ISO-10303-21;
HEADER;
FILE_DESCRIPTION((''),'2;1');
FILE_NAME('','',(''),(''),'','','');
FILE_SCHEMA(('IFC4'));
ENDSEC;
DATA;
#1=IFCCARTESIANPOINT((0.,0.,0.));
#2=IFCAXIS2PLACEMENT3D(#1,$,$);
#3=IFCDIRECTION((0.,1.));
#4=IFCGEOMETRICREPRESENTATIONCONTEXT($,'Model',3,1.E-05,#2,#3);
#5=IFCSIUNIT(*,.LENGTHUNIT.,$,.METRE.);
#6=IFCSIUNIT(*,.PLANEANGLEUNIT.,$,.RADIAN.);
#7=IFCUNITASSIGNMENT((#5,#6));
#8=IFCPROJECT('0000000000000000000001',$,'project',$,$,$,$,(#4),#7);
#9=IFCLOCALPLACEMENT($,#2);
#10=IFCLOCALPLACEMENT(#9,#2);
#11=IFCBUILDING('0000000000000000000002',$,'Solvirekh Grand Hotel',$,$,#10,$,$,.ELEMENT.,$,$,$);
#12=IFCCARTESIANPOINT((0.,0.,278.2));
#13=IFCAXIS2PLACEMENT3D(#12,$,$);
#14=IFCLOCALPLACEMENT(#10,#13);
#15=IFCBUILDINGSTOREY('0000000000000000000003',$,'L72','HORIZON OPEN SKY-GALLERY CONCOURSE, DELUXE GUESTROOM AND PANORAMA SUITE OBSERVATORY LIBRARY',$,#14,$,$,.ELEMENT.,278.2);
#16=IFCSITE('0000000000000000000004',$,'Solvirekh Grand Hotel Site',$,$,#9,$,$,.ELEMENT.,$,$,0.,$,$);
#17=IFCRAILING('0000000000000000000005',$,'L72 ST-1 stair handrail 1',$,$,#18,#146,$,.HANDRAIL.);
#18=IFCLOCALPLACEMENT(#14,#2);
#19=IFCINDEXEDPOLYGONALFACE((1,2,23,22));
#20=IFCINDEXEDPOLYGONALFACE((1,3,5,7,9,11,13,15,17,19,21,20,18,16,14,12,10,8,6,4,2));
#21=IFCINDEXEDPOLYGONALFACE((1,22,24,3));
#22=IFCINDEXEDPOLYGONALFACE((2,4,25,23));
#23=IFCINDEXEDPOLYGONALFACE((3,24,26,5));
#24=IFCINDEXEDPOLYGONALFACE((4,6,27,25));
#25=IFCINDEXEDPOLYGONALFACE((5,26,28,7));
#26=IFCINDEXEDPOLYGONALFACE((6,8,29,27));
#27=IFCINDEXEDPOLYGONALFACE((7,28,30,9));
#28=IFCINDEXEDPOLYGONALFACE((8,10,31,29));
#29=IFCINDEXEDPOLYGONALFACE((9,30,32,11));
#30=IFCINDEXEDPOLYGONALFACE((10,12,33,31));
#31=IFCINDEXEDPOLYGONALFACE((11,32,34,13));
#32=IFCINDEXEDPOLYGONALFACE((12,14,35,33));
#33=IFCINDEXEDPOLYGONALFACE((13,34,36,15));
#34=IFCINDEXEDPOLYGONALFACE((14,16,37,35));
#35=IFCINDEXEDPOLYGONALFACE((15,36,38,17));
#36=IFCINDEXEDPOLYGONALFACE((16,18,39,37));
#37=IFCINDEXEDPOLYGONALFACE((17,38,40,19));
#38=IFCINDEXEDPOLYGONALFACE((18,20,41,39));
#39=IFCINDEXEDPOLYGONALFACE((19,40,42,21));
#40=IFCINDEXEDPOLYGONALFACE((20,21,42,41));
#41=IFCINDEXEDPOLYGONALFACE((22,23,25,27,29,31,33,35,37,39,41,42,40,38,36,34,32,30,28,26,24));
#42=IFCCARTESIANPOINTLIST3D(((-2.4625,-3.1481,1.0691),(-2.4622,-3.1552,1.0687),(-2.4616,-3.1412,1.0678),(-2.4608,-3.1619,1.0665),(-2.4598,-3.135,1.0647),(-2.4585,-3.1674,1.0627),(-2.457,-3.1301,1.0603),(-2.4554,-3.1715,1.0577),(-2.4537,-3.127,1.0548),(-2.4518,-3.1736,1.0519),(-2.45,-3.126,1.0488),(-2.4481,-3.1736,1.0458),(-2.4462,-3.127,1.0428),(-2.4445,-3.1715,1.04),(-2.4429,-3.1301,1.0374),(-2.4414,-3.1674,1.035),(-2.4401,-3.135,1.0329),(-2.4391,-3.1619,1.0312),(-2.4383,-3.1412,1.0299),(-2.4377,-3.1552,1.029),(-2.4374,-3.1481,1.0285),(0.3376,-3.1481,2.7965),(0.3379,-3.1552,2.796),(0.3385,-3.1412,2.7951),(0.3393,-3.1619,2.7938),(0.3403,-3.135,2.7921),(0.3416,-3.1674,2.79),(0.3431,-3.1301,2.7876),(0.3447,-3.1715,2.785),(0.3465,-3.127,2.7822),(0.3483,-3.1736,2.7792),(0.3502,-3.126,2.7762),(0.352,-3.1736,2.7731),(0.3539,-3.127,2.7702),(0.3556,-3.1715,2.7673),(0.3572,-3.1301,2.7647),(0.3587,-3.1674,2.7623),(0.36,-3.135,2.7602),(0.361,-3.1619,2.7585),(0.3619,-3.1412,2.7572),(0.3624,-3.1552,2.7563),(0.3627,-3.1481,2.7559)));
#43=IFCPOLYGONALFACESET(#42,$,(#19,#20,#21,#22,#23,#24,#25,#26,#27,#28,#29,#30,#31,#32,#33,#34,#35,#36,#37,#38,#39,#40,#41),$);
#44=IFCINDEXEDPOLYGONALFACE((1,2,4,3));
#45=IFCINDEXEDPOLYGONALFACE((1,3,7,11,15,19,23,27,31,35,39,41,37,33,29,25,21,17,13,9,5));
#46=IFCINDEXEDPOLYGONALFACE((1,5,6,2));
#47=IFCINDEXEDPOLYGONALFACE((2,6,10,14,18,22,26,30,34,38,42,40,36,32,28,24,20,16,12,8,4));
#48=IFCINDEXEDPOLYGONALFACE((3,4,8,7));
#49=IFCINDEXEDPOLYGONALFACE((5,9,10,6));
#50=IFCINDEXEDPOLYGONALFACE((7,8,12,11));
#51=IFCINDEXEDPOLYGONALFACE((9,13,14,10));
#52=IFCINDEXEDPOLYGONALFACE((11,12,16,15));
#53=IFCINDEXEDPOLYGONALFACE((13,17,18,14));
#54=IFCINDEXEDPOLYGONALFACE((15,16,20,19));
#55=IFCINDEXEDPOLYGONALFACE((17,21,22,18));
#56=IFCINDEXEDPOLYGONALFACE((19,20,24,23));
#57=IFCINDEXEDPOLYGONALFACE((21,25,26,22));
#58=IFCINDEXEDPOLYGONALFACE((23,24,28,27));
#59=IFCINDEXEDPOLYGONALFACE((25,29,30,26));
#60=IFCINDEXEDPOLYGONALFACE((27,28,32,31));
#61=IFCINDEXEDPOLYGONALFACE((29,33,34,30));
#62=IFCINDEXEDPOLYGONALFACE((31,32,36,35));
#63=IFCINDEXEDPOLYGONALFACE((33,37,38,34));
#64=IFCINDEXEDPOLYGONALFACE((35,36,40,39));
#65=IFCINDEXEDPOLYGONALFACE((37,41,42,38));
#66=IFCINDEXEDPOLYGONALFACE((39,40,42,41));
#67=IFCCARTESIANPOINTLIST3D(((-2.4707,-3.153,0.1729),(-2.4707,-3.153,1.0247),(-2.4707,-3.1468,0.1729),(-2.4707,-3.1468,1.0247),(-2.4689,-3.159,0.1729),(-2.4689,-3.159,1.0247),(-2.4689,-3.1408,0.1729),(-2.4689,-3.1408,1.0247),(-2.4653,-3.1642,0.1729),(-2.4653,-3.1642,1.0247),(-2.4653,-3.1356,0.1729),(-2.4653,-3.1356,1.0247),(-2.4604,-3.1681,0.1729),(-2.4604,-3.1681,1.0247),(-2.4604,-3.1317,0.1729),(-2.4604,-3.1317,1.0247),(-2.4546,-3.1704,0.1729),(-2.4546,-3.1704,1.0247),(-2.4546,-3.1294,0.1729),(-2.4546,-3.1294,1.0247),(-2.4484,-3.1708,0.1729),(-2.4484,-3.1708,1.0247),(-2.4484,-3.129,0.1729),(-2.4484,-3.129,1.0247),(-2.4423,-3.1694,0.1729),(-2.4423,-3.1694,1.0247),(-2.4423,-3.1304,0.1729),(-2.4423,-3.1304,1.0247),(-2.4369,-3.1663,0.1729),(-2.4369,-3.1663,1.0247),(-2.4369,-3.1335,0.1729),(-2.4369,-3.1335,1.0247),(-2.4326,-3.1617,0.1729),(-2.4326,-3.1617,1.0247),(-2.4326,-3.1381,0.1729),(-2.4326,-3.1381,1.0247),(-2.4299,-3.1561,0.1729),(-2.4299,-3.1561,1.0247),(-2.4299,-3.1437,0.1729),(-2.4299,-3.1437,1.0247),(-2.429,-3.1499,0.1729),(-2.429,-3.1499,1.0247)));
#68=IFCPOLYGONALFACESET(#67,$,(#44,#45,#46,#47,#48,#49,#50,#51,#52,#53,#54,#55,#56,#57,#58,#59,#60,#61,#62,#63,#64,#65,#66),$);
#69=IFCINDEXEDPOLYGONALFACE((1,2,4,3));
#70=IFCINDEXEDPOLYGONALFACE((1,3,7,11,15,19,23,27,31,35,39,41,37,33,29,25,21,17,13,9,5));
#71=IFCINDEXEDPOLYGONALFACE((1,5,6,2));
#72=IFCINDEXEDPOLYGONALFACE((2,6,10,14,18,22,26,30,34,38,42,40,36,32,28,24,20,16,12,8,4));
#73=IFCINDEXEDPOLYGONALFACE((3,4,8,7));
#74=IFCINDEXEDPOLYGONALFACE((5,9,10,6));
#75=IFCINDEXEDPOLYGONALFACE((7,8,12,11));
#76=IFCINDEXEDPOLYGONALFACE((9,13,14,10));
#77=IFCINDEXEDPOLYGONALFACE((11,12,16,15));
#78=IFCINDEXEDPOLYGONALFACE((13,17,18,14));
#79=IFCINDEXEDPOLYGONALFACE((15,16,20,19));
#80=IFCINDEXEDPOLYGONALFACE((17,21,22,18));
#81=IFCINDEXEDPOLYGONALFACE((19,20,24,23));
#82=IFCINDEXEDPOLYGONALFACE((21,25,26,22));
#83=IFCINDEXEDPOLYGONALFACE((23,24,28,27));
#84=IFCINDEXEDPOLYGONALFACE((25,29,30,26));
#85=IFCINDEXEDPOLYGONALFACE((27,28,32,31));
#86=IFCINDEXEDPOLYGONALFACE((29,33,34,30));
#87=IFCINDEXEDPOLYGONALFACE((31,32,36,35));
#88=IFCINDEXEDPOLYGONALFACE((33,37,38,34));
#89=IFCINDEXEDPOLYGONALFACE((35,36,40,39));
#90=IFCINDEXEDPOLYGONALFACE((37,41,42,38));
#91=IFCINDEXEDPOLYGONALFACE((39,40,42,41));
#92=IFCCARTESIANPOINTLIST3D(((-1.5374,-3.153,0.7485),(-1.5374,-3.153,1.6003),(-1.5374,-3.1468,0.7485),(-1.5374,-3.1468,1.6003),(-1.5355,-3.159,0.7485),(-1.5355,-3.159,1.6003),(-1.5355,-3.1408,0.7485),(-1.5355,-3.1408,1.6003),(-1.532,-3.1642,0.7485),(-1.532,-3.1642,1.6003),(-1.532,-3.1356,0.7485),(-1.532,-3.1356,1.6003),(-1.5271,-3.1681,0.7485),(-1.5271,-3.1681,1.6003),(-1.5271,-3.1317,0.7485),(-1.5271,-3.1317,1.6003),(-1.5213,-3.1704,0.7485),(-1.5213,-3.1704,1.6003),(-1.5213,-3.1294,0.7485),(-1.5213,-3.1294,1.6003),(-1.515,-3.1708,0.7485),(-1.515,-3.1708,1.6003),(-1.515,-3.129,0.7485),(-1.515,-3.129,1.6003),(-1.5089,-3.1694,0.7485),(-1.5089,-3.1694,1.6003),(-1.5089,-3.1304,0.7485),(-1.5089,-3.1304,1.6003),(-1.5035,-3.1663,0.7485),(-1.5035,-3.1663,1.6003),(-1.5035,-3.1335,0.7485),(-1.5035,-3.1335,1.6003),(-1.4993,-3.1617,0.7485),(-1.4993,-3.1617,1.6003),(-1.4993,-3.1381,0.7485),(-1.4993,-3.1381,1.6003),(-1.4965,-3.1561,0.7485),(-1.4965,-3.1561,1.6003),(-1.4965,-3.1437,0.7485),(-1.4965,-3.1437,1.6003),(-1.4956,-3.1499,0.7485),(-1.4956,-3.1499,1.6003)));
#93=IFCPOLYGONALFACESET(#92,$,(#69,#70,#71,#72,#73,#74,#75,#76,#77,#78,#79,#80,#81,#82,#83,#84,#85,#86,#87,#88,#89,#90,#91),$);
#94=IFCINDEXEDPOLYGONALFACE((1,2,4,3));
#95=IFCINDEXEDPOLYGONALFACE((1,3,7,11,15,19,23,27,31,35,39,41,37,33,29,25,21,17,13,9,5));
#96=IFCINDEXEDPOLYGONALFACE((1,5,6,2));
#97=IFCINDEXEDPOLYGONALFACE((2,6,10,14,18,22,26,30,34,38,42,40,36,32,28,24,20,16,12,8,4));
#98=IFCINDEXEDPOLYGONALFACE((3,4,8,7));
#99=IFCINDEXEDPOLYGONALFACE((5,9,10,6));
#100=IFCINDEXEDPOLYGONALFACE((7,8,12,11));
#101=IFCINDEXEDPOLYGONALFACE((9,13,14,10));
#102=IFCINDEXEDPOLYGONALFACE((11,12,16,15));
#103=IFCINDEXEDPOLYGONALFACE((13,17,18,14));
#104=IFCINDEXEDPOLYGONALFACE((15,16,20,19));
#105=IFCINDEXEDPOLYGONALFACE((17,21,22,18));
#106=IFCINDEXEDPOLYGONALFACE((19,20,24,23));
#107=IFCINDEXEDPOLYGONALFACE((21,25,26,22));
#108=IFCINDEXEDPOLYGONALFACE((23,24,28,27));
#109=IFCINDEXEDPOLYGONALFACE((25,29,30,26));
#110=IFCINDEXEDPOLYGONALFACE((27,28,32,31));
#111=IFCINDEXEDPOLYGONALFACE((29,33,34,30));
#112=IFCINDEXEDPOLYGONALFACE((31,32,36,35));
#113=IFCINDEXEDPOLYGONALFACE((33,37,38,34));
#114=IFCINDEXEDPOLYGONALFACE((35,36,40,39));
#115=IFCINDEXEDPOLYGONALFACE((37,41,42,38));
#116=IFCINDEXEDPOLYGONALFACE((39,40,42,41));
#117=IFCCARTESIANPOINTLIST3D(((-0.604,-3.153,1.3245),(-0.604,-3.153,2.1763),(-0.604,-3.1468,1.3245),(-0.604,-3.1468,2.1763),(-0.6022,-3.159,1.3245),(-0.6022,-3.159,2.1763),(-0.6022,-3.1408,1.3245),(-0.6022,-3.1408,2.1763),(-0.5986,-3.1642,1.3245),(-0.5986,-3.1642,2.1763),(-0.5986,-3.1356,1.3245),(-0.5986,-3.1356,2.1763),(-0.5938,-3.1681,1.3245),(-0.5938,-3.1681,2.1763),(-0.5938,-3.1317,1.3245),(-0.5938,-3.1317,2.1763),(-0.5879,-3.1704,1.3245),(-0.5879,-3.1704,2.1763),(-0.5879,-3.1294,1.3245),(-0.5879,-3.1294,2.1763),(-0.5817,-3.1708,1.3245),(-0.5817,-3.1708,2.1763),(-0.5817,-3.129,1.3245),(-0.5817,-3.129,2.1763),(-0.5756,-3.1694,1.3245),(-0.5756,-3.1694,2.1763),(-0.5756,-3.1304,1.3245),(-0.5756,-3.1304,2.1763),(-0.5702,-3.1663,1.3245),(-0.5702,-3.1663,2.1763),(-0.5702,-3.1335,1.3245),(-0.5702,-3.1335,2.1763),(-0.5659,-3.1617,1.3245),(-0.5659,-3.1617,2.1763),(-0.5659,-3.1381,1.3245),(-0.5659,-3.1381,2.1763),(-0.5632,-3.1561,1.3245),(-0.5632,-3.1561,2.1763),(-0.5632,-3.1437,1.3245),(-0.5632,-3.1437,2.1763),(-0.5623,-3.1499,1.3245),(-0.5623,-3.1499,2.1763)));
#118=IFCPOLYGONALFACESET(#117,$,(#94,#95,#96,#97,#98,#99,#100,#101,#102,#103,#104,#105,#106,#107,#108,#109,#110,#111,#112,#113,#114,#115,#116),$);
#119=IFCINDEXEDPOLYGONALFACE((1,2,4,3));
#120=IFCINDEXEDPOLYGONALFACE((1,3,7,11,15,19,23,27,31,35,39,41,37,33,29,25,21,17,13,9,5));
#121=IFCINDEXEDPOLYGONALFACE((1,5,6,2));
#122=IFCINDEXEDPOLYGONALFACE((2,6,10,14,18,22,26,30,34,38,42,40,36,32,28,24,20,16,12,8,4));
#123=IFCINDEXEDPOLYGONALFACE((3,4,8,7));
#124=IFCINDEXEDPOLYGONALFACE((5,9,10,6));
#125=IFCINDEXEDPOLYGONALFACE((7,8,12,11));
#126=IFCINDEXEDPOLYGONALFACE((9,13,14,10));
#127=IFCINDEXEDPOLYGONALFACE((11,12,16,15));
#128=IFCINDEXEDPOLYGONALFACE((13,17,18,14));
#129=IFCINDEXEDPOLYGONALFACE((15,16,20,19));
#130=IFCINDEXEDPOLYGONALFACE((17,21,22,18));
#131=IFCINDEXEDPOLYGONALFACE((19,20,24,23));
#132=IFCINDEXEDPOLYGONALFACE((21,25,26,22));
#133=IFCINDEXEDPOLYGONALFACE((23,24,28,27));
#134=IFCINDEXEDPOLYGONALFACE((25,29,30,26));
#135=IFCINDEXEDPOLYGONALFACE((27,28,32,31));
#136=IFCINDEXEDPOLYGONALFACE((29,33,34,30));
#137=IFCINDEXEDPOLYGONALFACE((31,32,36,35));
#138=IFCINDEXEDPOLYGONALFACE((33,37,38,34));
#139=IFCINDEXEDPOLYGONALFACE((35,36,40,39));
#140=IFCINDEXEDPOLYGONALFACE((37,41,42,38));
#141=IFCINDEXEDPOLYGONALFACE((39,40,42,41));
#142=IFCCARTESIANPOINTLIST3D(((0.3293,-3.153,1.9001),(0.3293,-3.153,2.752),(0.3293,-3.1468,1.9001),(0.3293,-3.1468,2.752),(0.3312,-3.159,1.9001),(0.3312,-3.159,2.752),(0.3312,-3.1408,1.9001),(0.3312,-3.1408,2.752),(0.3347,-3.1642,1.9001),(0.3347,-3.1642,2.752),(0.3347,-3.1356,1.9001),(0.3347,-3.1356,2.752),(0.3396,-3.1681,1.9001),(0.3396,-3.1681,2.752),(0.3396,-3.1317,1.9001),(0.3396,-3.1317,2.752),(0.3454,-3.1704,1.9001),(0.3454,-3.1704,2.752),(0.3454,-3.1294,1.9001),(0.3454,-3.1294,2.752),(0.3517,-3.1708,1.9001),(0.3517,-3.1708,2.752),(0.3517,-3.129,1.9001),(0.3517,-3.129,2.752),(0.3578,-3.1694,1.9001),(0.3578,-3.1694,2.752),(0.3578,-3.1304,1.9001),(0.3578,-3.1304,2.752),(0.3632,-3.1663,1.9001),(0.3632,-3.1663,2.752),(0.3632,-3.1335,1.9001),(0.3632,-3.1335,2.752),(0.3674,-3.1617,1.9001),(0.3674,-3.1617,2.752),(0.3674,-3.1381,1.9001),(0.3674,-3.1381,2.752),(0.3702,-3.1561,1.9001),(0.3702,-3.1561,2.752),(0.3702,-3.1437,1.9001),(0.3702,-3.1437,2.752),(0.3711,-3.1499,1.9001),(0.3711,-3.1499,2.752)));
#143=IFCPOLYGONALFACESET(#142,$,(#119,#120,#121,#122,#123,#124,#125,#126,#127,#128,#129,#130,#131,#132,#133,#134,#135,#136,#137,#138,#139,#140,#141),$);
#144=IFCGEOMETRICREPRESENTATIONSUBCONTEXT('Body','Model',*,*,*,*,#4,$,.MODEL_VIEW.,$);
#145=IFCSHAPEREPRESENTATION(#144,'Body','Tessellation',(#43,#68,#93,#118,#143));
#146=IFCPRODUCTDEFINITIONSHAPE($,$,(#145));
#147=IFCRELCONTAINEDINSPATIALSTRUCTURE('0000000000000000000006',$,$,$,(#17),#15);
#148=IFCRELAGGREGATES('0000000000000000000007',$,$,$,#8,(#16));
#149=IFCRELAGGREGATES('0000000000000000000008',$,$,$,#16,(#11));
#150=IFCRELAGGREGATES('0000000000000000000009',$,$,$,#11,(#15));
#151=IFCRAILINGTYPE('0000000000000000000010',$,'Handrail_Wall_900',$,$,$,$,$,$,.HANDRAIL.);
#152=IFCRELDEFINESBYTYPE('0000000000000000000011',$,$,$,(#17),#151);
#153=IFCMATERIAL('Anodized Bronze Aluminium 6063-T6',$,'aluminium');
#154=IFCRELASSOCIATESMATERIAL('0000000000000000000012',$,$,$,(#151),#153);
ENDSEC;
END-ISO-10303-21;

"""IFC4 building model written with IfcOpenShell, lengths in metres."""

from ifc_helpers import new_model, si_unit, direction, frame, origin, origin_2d, place, context, subcontext, project, spatial, circle, extrude, material, type_object, element, save


model = new_model("IFC4")

# Units and contexts
model_context = context("Model", 3, precision=1e-05, world=origin(), true_north=direction((0.0, 1.0)))
body_context = subcontext(model_context, "Body", "Model", "MODEL_VIEW")
ifc_project = project(units=[si_unit("LENGTHUNIT", "METRE"), si_unit("PLANEANGLEUNIT", "RADIAN")], contexts=[model_context])

# Site, building, storey
site_placement = place(None, origin())
site = spatial("IfcSite", under=ifc_project, at=site_placement, Name="Solvirekh Grand Hotel Site", CompositionType="ELEMENT", RefElevation=0.0)
building_placement = place(site_placement, origin())
building = spatial("IfcBuilding", under=site, at=building_placement, Name="Solvirekh Grand Hotel", CompositionType="ELEMENT")
storey_placement = place(building_placement, frame((0.0, 0.0, 278.2)))
storey = spatial("IfcBuildingStorey", under=building, at=storey_placement, Name="L72", Description="HORIZON OPEN SKY-GALLERY CONCOURSE, DELUXE GUESTROOM AND PANORAMA SUITE OBSERVATORY LIBRARY", CompositionType="ELEMENT", Elevation=278.2)

# Railing
ifc_material_1 = material(Name="Anodized Bronze Aluminium 6063-T6", Category="aluminium")
railing_type_1 = type_object("IfcRailingType", Name="Handrail_Wall_900", PredefinedType="HANDRAIL", material=ifc_material_1)
for number, where, name in (
    (1, (-2.45, -3.1499, 0.1729), "L72 ST-1 stair handrail 1"),
):
    element("IfcRailing", number, at=place(storey_placement, frame(where)), inside=storey, type_object=railing_type_1, Name=name, PredefinedType="HANDRAIL", context=body_context, shape_type="SweptSolid", body=[
        extrude(circle(Radius=0.0239, at=origin_2d()), frame((0.0, 0.0, 0.876), z_axis=(0.85109, 0.0, 0.52502), x_axis=(0.0, 1.0, 0.0)), (0.0, 0.0, 1.0), 3.29),
        extrude(circle(Radius=0.021, at=origin_2d()), origin(), (0.0, 0.0, 1.0), 0.8518),
        extrude(circle(Radius=0.021, at=origin_2d()), frame((0.9333, 0.0, 0.5757)), (0.0, 0.0, 1.0), 0.8518),
        extrude(circle(Radius=0.021, at=origin_2d()), frame((1.8667, 0.0, 1.1516)), (0.0, 0.0, 1.0), 0.8518),
        extrude(circle(Radius=0.021, at=origin_2d()), frame((2.8, 0.0, 1.7273)), (0.0, 0.0, 1.0), 0.8518),
    ])

save(model, "model.ifc")
